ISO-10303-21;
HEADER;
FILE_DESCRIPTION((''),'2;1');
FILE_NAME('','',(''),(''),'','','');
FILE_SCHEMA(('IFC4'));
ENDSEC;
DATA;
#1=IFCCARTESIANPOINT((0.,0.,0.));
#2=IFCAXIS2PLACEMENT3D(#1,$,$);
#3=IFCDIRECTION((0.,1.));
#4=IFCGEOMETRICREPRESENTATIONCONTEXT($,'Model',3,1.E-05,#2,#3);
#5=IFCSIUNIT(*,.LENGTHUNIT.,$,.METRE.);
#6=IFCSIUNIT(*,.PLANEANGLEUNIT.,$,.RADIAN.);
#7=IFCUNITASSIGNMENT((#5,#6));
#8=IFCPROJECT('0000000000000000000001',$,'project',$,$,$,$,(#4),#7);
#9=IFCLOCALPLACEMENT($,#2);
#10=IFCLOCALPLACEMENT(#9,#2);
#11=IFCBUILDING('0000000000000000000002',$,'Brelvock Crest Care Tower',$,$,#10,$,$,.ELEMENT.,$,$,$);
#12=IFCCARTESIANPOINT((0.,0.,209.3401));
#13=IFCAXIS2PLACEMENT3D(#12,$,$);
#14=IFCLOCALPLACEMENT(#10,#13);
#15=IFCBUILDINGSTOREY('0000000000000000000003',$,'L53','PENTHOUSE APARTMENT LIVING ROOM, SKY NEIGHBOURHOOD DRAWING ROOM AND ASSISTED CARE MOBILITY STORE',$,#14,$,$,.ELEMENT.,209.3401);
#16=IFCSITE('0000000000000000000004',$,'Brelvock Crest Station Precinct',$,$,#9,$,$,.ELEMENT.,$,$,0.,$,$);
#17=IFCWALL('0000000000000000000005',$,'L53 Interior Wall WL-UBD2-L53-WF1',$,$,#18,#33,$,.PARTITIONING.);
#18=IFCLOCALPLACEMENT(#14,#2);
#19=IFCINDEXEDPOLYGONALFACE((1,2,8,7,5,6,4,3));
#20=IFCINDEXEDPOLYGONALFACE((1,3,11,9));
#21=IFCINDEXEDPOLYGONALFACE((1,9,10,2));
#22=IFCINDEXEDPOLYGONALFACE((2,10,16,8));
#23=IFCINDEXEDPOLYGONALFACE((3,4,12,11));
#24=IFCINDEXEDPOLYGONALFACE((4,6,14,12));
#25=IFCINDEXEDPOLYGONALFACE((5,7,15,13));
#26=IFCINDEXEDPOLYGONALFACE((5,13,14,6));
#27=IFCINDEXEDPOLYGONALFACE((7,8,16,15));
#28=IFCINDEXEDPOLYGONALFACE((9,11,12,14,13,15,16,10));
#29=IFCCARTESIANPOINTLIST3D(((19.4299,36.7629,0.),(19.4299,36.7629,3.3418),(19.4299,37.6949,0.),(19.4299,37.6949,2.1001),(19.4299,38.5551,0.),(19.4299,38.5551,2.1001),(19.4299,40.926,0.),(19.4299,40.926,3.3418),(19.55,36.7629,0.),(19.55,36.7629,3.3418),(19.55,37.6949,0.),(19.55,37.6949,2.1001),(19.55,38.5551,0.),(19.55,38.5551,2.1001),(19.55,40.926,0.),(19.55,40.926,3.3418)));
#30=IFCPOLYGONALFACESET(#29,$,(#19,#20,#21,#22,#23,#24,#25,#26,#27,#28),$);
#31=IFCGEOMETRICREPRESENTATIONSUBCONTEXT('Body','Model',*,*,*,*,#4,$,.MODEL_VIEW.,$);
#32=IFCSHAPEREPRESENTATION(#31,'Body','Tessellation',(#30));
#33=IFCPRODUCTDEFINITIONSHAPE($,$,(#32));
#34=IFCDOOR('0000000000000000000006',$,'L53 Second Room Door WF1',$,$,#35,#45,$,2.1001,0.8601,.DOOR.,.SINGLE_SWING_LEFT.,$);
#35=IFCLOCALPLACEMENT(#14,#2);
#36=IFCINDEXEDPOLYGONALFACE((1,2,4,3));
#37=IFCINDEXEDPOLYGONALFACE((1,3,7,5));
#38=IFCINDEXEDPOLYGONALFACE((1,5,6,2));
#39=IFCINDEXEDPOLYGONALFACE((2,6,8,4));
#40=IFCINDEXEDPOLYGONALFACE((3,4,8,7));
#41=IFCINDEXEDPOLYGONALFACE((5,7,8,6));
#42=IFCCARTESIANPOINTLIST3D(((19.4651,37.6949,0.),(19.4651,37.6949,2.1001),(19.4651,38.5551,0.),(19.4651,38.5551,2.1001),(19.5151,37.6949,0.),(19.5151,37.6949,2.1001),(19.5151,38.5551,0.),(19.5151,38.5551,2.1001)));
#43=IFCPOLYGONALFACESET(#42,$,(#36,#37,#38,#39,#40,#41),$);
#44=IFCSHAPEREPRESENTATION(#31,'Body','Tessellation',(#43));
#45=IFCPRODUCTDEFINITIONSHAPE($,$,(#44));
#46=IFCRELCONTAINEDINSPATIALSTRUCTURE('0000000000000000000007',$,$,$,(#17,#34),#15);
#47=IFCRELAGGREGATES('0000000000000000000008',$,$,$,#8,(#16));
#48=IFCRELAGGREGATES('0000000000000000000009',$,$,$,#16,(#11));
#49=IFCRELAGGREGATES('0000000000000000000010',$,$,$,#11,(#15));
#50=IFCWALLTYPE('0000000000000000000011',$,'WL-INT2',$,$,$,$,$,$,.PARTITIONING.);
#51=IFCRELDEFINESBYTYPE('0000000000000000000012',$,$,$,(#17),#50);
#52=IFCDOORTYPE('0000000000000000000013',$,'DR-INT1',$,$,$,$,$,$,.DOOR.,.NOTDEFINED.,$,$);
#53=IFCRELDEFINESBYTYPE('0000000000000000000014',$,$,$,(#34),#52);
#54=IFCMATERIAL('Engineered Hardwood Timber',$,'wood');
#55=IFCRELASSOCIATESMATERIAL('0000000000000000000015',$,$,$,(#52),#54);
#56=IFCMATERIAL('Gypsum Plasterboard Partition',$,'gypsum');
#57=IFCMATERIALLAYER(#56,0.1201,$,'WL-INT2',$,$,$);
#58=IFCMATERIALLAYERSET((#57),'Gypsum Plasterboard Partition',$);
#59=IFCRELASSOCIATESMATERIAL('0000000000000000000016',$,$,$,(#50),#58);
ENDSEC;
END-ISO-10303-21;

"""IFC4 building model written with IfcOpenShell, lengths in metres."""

from ifc_helpers import new_model, si_unit, direction, frame, frame_2d, origin, origin_2d, place, context, subcontext, project, spatial, rectangle, extrude, source, transform, mapped, material, layer, layer_set, type_object, element, fill, save


model = new_model("IFC4")

# Units and contexts
model_context = context("Model", 3, precision=1e-05, world=origin(), true_north=direction((0.0, 1.0)))
body_context = subcontext(model_context, "Body", "Model", "MODEL_VIEW")
ifc_project = project(units=[si_unit("LENGTHUNIT", "METRE"), si_unit("PLANEANGLEUNIT", "RADIAN")], contexts=[model_context])

# Site, building, storey
site_placement = place(None, origin())
site = spatial("IfcSite", under=ifc_project, at=site_placement, Name="Brelvock Crest Station Precinct", CompositionType="ELEMENT", RefElevation=0.0)
building_placement = place(site_placement, origin())
building = spatial("IfcBuilding", under=site, at=building_placement, Name="Brelvock Crest Care Tower", CompositionType="ELEMENT")
storey_placement = place(building_placement, frame((0.0, 0.0, 209.3401)))
storey = spatial("IfcBuildingStorey", under=building, at=storey_placement, Name="L53", Description="PENTHOUSE APARTMENT LIVING ROOM, SKY NEIGHBOURHOOD DRAWING ROOM AND ASSISTED CARE MOBILITY STORE", CompositionType="ELEMENT", Elevation=209.3401)

# Wall, opening, door
ifc_material_1 = material(Name="Engineered Hardwood Timber", Category="wood")
door_type = type_object("IfcDoorType", Name="DR-INT1", OperationType="NOTDEFINED", PredefinedType="DOOR", material=ifc_material_1)
shared_shape_1 = source(origin(), body_context, "Body", "SweptSolid", [
    extrude(rectangle(XDim=0.8601, YDim=2.1001, at=origin_2d()), frame((0.4302, 0.0249, 1.05), z_axis=(0.0, -1.0, 0.0), x_axis=(1.0, 0.0, 0.0)), (0.0, 0.0, 1.0), 0.05),
])
ifc_material_2 = material(Name="Gypsum Plasterboard Partition", Category="gypsum")
ifc_layer_1 = layer(ifc_material_2, 0.1201, Name="WL-INT2")
ifc_layer_set_1 = layer_set([ifc_layer_1], Name="Gypsum Plasterboard Partition")
wall_type_1 = type_object("IfcWallType", Name="WL-INT2", PredefinedType="PARTITIONING", material=ifc_layer_set_1)
wall_1_placement = place(storey_placement, frame((19.49, 36.7629, 0.0), z_axis=(0.0, 0.0, 1.0), x_axis=(0.0, 1.0, 0.0)))
wall_1 = element("IfcWall", 1, at=wall_1_placement, inside=storey, type_object=wall_type_1, Name="L53 Interior Wall WL-UBD2-L53-WF1", PredefinedType="PARTITIONING", context=body_context, shape_type="SweptSolid", body=[
    extrude(rectangle(XDim=4.1631, YDim=0.1201, at=frame_2d((2.0815, 0.0))), origin(), (0.0, 0.0, 1.0), 3.3418),
])
opening_1_placement = place(wall_1_placement, frame((0.9319, 0.0, 0.0)))
opening_1 = element("IfcOpeningElement", 2, at=opening_1_placement, cuts=wall_1, PredefinedType="OPENING", context=body_context, shape_type="SweptSolid", body=[
    extrude(rectangle(XDim=0.8601, YDim=2.1001, at=origin_2d()), frame((0.4302, 0.0701, 1.05), z_axis=(0.0, -1.0, 0.0), x_axis=(1.0, 0.0, 0.0)), (0.0, 0.0, 1.0), 0.1401),
])
door_1_placement = place(opening_1_placement, origin())
door_1 = element("IfcDoor", 3, at=door_1_placement, inside=storey, type_object=door_type, Name="L53 Second Room Door WF1", OperationType="SINGLE_SWING_LEFT", OverallHeight=2.1001, OverallWidth=0.8601, PredefinedType="DOOR", context=body_context, shape_type="MappedRepresentation", body=[
    mapped(shared_shape_1, transform((0.0, 0.0, 0.0), x_axis=(1.0, 0.0, 0.0), y_axis=(0.0, 1.0, 0.0), z_axis=(0.0, 0.0, 1.0), scale=1.0)),
])
fill(opening_1, door_1)

save(model, "model.ifc")
